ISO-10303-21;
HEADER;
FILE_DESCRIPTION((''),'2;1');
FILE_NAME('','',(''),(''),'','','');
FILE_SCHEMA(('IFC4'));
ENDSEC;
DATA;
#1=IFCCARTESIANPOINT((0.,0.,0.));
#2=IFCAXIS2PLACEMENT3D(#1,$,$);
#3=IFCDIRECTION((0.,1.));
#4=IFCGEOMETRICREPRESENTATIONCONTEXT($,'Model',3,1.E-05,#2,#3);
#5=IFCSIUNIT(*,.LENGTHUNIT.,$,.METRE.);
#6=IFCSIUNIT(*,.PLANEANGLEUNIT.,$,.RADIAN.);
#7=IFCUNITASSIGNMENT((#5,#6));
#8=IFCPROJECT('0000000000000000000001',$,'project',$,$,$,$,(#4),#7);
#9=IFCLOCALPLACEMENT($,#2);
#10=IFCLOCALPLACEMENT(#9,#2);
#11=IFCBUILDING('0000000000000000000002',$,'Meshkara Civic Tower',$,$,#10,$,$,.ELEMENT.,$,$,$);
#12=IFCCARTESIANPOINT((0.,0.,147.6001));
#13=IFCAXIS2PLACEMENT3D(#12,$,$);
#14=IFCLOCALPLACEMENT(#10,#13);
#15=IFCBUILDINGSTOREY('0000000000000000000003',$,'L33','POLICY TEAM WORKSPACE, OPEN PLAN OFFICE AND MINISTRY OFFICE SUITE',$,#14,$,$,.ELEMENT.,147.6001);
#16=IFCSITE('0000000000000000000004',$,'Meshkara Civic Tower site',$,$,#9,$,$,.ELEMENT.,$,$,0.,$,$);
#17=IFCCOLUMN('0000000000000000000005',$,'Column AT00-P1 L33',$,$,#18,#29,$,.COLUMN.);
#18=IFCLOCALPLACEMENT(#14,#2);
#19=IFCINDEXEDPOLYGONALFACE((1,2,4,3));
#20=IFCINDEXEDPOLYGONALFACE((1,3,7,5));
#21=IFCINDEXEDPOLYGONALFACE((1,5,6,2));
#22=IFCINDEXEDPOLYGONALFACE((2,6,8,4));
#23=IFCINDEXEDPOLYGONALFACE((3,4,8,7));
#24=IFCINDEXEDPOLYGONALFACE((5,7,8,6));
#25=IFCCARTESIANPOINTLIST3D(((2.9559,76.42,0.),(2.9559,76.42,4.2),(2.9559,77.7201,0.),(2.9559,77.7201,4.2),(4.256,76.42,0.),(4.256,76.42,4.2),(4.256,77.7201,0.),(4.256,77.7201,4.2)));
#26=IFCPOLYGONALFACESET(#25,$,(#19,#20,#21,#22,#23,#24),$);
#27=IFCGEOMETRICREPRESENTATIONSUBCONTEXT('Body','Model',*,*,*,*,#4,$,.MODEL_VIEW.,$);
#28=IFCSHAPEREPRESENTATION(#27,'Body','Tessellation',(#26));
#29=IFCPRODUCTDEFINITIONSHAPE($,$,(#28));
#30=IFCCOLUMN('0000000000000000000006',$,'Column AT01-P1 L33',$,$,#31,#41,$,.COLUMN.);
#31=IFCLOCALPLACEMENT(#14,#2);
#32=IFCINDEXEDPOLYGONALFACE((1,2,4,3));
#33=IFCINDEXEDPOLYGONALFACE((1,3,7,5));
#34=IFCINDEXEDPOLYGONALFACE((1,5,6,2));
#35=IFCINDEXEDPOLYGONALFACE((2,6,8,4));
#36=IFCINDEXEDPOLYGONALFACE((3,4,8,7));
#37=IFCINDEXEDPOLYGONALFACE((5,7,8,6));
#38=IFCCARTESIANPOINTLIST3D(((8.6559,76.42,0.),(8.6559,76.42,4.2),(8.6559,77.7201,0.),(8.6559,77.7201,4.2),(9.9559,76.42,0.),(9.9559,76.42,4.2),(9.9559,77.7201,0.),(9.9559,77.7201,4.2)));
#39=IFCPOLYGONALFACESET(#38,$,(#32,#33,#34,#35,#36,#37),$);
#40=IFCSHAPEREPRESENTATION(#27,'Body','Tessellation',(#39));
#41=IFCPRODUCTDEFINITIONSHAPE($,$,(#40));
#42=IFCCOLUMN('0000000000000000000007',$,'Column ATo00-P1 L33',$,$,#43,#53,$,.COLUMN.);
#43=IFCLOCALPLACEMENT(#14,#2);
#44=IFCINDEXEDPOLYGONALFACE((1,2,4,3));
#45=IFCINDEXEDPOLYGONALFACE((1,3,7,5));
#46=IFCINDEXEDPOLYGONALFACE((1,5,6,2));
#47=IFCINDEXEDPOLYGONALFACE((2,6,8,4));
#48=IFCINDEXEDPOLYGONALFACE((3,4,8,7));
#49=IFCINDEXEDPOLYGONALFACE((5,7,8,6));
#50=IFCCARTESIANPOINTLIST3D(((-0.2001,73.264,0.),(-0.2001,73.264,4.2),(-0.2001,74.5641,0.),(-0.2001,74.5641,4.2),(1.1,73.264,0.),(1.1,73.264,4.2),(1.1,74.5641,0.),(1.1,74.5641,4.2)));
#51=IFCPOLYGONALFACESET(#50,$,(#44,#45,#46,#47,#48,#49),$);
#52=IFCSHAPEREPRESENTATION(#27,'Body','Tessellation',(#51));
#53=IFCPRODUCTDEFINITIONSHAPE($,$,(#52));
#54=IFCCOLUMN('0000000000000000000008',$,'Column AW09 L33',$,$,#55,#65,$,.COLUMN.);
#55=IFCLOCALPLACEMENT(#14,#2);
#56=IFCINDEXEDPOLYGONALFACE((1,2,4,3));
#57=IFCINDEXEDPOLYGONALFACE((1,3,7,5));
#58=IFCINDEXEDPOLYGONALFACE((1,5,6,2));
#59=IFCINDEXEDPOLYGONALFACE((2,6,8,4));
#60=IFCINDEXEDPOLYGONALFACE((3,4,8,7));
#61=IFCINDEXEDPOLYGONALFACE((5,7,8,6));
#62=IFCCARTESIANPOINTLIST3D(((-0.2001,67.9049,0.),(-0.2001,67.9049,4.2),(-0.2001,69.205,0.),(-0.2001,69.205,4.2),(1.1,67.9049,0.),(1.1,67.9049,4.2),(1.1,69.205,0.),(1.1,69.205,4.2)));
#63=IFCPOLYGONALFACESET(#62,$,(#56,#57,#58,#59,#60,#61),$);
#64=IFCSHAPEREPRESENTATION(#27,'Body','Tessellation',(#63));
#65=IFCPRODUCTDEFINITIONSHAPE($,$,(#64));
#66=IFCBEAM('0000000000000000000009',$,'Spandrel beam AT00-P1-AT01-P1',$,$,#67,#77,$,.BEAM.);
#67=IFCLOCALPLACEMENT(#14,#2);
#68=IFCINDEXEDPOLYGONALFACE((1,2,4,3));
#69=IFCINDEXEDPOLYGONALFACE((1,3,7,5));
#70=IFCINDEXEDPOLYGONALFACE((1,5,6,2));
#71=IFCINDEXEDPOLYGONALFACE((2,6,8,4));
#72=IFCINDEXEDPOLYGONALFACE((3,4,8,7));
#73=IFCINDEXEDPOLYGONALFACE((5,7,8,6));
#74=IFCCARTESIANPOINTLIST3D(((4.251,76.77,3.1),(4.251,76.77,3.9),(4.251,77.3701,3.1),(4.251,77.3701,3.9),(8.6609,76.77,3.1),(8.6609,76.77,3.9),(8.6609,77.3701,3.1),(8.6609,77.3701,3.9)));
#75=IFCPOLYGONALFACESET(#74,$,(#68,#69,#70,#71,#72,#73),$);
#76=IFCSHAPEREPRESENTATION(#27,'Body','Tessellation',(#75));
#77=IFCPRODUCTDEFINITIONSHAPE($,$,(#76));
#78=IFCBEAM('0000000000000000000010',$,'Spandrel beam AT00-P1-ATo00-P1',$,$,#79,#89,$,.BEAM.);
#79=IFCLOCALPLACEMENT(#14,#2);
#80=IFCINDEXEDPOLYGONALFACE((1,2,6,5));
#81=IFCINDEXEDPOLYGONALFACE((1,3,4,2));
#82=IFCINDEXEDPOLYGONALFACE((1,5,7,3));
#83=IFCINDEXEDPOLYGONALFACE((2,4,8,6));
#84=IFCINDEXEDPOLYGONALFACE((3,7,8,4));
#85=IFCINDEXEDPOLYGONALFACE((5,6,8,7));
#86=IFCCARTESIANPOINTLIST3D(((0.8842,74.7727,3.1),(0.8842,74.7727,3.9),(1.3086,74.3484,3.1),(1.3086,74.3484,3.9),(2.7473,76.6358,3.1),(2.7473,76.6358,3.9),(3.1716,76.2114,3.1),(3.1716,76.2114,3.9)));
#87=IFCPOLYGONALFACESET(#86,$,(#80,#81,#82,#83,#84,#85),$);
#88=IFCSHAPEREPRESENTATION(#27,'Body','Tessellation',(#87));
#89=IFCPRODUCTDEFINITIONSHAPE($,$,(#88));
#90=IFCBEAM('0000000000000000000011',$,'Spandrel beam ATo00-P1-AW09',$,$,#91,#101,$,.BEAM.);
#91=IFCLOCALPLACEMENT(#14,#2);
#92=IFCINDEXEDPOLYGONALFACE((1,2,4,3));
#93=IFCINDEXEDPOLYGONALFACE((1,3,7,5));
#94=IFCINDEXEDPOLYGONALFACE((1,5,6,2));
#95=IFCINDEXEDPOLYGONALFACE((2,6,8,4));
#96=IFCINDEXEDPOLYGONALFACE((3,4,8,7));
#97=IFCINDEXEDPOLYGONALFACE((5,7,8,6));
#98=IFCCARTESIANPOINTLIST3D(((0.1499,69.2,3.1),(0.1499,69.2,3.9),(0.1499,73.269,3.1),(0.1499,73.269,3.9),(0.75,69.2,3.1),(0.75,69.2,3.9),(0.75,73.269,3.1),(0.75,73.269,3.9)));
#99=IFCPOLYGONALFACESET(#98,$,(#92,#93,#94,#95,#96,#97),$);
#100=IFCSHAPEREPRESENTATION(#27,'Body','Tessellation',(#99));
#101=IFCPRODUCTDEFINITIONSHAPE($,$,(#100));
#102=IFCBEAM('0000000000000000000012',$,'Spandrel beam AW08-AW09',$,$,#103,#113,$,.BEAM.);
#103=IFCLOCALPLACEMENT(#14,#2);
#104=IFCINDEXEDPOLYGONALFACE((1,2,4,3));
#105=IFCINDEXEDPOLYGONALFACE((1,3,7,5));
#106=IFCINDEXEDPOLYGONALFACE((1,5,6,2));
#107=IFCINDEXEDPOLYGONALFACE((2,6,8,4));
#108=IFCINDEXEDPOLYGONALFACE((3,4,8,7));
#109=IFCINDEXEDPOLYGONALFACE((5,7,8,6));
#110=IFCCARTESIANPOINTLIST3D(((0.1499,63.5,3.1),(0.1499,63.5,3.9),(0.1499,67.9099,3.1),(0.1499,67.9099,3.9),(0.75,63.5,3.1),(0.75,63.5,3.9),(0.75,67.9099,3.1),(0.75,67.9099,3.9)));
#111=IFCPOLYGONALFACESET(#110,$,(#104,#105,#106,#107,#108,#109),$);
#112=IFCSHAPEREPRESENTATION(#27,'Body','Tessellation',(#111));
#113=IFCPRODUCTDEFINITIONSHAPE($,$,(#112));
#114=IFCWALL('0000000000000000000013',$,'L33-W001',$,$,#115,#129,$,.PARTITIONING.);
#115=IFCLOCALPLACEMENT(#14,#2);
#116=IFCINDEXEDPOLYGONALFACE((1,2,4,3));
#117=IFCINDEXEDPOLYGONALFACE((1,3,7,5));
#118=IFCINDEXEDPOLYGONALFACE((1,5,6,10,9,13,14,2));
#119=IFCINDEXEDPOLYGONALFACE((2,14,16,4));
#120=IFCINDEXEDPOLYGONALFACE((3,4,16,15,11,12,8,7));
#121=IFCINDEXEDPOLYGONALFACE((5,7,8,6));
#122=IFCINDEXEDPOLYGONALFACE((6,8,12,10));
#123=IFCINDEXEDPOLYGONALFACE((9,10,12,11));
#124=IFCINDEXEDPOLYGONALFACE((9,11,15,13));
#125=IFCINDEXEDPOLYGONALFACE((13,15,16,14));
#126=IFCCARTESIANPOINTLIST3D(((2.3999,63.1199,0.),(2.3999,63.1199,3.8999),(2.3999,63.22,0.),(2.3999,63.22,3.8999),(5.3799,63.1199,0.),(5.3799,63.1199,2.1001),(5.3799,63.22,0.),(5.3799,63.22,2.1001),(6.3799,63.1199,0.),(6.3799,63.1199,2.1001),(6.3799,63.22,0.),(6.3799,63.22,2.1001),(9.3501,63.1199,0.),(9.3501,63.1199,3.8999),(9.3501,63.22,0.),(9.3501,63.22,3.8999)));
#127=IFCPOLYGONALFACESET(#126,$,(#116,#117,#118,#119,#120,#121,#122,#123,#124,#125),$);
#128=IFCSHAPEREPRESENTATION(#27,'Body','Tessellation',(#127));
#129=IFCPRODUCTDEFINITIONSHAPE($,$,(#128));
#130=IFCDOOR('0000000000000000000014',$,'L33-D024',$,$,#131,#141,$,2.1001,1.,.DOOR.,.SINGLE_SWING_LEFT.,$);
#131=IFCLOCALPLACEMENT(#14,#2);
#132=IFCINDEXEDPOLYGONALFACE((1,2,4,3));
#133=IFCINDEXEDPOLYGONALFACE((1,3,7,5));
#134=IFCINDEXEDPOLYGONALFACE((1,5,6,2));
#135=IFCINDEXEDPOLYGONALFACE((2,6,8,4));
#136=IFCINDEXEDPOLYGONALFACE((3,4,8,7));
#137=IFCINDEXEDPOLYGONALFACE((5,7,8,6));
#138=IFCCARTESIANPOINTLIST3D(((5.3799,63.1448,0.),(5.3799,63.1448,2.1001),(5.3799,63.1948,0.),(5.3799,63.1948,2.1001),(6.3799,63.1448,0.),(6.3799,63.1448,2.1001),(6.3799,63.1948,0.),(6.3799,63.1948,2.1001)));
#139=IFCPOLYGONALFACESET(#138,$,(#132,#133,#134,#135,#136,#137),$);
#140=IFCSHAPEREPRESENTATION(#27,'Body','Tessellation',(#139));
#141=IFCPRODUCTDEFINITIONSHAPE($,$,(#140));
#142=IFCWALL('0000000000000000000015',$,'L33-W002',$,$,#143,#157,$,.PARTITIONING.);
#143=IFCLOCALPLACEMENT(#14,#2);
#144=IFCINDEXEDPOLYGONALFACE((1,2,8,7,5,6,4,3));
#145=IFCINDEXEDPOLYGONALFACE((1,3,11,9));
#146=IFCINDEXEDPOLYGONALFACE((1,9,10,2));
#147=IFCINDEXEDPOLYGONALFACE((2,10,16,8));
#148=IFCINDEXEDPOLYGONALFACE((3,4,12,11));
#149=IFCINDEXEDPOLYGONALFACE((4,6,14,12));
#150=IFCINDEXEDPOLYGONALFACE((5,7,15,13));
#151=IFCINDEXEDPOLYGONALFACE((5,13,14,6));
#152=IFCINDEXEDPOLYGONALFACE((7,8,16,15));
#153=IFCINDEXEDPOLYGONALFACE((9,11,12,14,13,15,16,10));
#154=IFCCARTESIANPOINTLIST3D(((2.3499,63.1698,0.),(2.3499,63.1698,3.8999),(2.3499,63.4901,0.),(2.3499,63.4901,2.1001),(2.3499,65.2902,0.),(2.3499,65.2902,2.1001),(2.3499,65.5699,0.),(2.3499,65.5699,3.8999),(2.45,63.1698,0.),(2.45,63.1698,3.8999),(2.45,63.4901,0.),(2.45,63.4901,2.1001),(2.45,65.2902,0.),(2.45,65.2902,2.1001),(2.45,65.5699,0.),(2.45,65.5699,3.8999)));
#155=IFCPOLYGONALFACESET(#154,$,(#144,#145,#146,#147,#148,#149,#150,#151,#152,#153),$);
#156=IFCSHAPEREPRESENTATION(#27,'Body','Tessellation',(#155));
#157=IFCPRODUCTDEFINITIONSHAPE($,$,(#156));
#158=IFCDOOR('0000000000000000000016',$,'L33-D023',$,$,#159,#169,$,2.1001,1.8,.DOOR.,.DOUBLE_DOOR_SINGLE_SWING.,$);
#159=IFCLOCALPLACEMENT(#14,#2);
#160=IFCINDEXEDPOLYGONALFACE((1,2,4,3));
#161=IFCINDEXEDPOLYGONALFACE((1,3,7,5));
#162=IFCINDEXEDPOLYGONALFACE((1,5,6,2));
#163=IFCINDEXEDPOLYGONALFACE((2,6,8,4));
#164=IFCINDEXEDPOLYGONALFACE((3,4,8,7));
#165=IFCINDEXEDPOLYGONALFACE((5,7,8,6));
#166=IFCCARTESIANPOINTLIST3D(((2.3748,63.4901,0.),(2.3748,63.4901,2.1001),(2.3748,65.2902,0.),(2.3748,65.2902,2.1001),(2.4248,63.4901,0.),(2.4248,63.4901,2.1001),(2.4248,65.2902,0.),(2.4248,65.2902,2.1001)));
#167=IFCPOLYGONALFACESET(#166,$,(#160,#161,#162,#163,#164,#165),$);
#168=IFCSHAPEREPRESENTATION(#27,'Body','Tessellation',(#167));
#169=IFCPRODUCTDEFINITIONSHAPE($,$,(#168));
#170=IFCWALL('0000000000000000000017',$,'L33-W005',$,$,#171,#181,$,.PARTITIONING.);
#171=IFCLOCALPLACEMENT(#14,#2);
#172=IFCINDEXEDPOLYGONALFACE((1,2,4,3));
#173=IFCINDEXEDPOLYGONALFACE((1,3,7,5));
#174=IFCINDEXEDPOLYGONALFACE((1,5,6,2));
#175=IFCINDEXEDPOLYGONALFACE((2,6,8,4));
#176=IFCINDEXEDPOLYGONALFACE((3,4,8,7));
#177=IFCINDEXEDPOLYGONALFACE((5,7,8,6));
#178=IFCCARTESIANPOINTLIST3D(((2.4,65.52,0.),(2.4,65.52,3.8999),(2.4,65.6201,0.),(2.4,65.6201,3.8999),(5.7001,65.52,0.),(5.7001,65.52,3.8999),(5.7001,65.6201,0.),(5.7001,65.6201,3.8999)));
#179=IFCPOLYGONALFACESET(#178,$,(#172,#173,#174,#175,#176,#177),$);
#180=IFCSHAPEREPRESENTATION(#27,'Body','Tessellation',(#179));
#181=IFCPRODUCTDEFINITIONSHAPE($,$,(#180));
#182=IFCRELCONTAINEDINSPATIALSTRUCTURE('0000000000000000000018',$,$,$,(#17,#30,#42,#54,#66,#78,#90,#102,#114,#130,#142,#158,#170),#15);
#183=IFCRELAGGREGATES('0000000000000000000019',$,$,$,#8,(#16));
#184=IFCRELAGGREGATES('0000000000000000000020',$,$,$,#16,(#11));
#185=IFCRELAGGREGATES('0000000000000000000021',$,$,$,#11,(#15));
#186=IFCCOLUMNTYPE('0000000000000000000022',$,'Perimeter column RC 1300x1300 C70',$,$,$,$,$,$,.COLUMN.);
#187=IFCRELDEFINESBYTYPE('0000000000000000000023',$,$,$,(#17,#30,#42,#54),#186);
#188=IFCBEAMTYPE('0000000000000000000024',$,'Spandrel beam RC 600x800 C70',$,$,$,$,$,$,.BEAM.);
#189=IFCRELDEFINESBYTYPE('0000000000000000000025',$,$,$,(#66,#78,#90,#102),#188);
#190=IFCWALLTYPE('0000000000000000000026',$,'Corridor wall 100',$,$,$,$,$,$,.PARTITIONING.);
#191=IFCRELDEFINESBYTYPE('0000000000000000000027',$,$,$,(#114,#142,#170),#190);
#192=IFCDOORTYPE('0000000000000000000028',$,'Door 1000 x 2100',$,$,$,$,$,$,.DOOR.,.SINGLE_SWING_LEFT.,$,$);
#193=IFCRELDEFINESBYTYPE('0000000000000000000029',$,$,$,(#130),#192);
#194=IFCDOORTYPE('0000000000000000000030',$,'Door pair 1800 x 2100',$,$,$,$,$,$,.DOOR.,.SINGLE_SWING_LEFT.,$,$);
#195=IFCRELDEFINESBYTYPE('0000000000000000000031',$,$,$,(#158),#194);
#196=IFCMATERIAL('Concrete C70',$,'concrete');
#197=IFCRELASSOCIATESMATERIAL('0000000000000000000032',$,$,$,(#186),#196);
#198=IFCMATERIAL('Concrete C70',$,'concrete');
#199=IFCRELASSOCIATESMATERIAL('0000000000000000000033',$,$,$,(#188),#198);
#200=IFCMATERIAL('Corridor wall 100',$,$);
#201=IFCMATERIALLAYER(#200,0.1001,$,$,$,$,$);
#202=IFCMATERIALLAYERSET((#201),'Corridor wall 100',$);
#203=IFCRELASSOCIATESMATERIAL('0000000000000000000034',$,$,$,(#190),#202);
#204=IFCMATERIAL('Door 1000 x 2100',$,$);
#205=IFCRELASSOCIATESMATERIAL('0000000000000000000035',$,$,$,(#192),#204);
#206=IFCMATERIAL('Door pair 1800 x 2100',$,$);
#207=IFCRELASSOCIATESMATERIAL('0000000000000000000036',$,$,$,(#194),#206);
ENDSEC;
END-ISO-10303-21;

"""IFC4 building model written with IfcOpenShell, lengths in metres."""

from ifc_helpers import new_model, si_unit, direction, frame, frame_2d, origin, origin_2d, place, context, subcontext, project, spatial, rectangle, extrude, material, layer, layer_set, material_profile, profile_set, type_object, element, fill, save


model = new_model("IFC4")

# Units and contexts
model_context = context("Model", 3, precision=1e-05, world=origin(), true_north=direction((0.0, 1.0)))
body_context = subcontext(model_context, "Body", "Model", "MODEL_VIEW")
ifc_project = project(units=[si_unit("LENGTHUNIT", "METRE"), si_unit("PLANEANGLEUNIT", "RADIAN")], contexts=[model_context])

# Site, building, storey
site_placement = place(None, origin())
site = spatial("IfcSite", under=ifc_project, at=site_placement, Name="Meshkara Civic Tower site", CompositionType="ELEMENT", RefElevation=0.0)
building_placement = place(site_placement, origin())
building = spatial("IfcBuilding", under=site, at=building_placement, Name="Meshkara Civic Tower", CompositionType="ELEMENT")
storey_placement = place(building_placement, frame((0.0, 0.0, 147.6001)))
storey = spatial("IfcBuildingStorey", under=building, at=storey_placement, Name="L33", Description="POLICY TEAM WORKSPACE, OPEN PLAN OFFICE AND MINISTRY OFFICE SUITE", CompositionType="ELEMENT", Elevation=147.6001)

# Columns
ifc_material_1 = material(Name="Concrete C70", Category="concrete")
ifc_material_profile_1 = material_profile(ifc_material_1, rectangle(XDim=1.3, YDim=1.3, at=origin_2d()))
ifc_profile_set_1 = profile_set([ifc_material_profile_1], Name="Concrete C70")
column_type = type_object("IfcColumnType", Name="Perimeter column RC 1300x1300 C70", PredefinedType="COLUMN", material=ifc_profile_set_1)
for number, where, z_axis, x_axis, name in (
    (1, (3.606, 77.0701, 0.0), (0.0, 0.0, 1.0), (1.0, 0.0, 0.0), "Column AT00-P1 L33"),
    (2, (9.3059, 77.0701, 0.0), (0.0, 0.0, 1.0), (1.0, 0.0, 0.0), "Column AT01-P1 L33"),
    (3, (0.45, 73.9141, 0.0), (0.0, 0.0, 1.0), (1.0, 0.0, 0.0), "Column ATo00-P1 L33"),
    (4, (0.45, 68.5549, 0.0), (0.0, 0.0, 1.0), (1.0, 0.0, 0.0), "Column AW09 L33"),
):
    element("IfcColumn", number, at=place(storey_placement, frame(where, z_axis=z_axis, x_axis=x_axis)), inside=storey, type_object=column_type, Name=name, PredefinedType="COLUMN", context=body_context, shape_type="SweptSolid", body=[
        extrude(rectangle(XDim=1.3, YDim=1.3, at=origin_2d()), origin(), (0.0, 0.0, 1.0), 4.2),
    ])

# Beams
ifc_material_2 = material(Name="Concrete C70", Category="concrete")
ifc_material_profile_2 = material_profile(ifc_material_2, rectangle(XDim=0.6001, YDim=0.8, at=origin_2d()))
ifc_profile_set_2 = profile_set([ifc_material_profile_2], Name="Concrete C70")
beam_type = type_object("IfcBeamType", Name="Spandrel beam RC 600x800 C70", PredefinedType="BEAM", material=ifc_profile_set_2)
beam_1_placement = place(storey_placement, frame((8.6609, 77.0701, 3.5), z_axis=(-1.0, 0.0, 0.0), x_axis=(0.0, -1.0, 0.0)))
element("IfcBeam", 5, at=beam_1_placement, inside=storey, type_object=beam_type, Name="Spandrel beam AT00-P1-AT01-P1", PredefinedType="BEAM", context=body_context, shape_type="SweptSolid", body=[
    extrude(rectangle(XDim=0.6001, YDim=0.8, at=origin_2d()), origin(), (0.0, 0.0, 1.0), 4.4099),
])
beam_2_placement = place(storey_placement, frame((2.9595, 76.4236, 3.5), z_axis=(-0.707107, -0.707107, 0.0), x_axis=(0.707107, -0.707107, 0.0)))
element("IfcBeam", 6, at=beam_2_placement, inside=storey, type_object=beam_type, Name="Spandrel beam AT00-P1-ATo00-P1", PredefinedType="BEAM", context=body_context, shape_type="SweptSolid", body=[
    extrude(rectangle(XDim=0.6001, YDim=0.8, at=origin_2d()), origin(), (0.0, 0.0, 1.0), 2.6348),
])
beam_3_placement = place(storey_placement, frame((0.45, 73.269, 3.5), z_axis=(0.0, -1.0, 0.0), x_axis=(1.0, 0.0, 0.0)))
element("IfcBeam", 7, at=beam_3_placement, inside=storey, type_object=beam_type, Name="Spandrel beam ATo00-P1-AW09", PredefinedType="BEAM", context=body_context, shape_type="SweptSolid", body=[
    extrude(rectangle(XDim=0.6001, YDim=0.8, at=origin_2d()), origin(), (0.0, 0.0, 1.0), 4.0691),
])
beam_4_placement = place(storey_placement, frame((0.45, 67.9099, 3.5), z_axis=(0.0, -1.0, 0.0), x_axis=(1.0, 0.0, 0.0)))
element("IfcBeam", 8, at=beam_4_placement, inside=storey, type_object=beam_type, Name="Spandrel beam AW08-AW09", PredefinedType="BEAM", context=body_context, shape_type="SweptSolid", body=[
    extrude(rectangle(XDim=0.6001, YDim=0.8, at=origin_2d()), origin(), (0.0, 0.0, 1.0), 4.4099),
])

# Walls, openings, doors
ifc_material_3 = material(Name="Corridor wall 100")
ifc_layer_1 = layer(ifc_material_3, 0.1001)
ifc_layer_set_1 = layer_set([ifc_layer_1], Name="Corridor wall 100")
wall_type_1 = type_object("IfcWallType", Name="Corridor wall 100", PredefinedType="PARTITIONING", material=ifc_layer_set_1)
wall_1_placement = place(storey_placement, frame((2.3999, 63.1699, 0.0), z_axis=(0.0, 0.0, 1.0), x_axis=(1.0, 0.0, 0.0)))
wall_1 = element("IfcWall", 9, at=wall_1_placement, inside=storey, type_object=wall_type_1, Name="L33-W001", PredefinedType="PARTITIONING", context=body_context, shape_type="SweptSolid", body=[
    extrude(rectangle(XDim=6.9502, YDim=0.1001, at=frame_2d((3.4751, 0.0))), origin(), (0.0, 0.0, 1.0), 3.8999),
])
opening_1_placement = place(wall_1_placement, frame((2.98, 0.0, 0.0)))
opening_1 = element("IfcOpeningElement", 10, at=opening_1_placement, cuts=wall_1, PredefinedType="OPENING", context=body_context, shape_type="SweptSolid", body=[
    extrude(rectangle(XDim=1.0, YDim=2.1001, at=frame_2d((0.5, 1.05))), frame((0.0, 0.0601, 0.0), z_axis=(0.0, -1.0, 0.0), x_axis=(1.0, 0.0, 0.0)), (0.0, 0.0, 1.0), 0.1201),
])
ifc_material_4 = material(Name="Door 1000 x 2100")
door_type_1 = type_object("IfcDoorType", Name="Door 1000 x 2100", OperationType="SINGLE_SWING_LEFT", PredefinedType="DOOR", material=ifc_material_4)
door_1_placement = place(opening_1_placement, origin())
door_1 = element("IfcDoor", 11, at=door_1_placement, inside=storey, type_object=door_type_1, Name="L33-D024", OperationType="SINGLE_SWING_LEFT", OverallHeight=2.1001, OverallWidth=1.0, PredefinedType="DOOR", context=body_context, shape_type="SweptSolid", body=[
    extrude(rectangle(XDim=1.0, YDim=2.1001, at=frame_2d((0.5, 1.05))), frame((0.0, 0.0249, 0.0), z_axis=(0.0, -1.0, 0.0), x_axis=(1.0, 0.0, 0.0)), (0.0, 0.0, 1.0), 0.05),
])
fill(opening_1, door_1)
wall_2_placement = place(storey_placement, frame((2.3999, 65.5701, 0.0), z_axis=(0.0, 0.0, 1.0), x_axis=(0.0, -1.0, 0.0)))
wall_2 = element("IfcWall", 12, at=wall_2_placement, inside=storey, type_object=wall_type_1, Name="L33-W002", PredefinedType="PARTITIONING", context=body_context, shape_type="SweptSolid", body=[
    extrude(rectangle(XDim=2.4001, YDim=0.1001, at=frame_2d((1.2002, 0.0))), origin(), (0.0, 0.0, 1.0), 3.8999),
])
opening_2_placement = place(wall_2_placement, frame((0.28, 0.0, 0.0)))
opening_2 = element("IfcOpeningElement", 13, at=opening_2_placement, cuts=wall_2, PredefinedType="OPENING", context=body_context, shape_type="SweptSolid", body=[
    extrude(rectangle(XDim=1.8, YDim=2.1001, at=frame_2d((0.8999, 1.05))), frame((0.0, 0.0601, 0.0), z_axis=(0.0, -1.0, 0.0), x_axis=(1.0, 0.0, 0.0)), (0.0, 0.0, 1.0), 0.1201),
])
ifc_material_5 = material(Name="Door pair 1800 x 2100")
door_type_2 = type_object("IfcDoorType", Name="Door pair 1800 x 2100", OperationType="SINGLE_SWING_LEFT", PredefinedType="DOOR", material=ifc_material_5)
door_2_placement = place(opening_2_placement, origin())
door_2 = element("IfcDoor", 14, at=door_2_placement, inside=storey, type_object=door_type_2, Name="L33-D023", OperationType="DOUBLE_DOOR_SINGLE_SWING", OverallHeight=2.1001, OverallWidth=1.8, PredefinedType="DOOR", context=body_context, shape_type="SweptSolid", body=[
    extrude(rectangle(XDim=1.8, YDim=2.1001, at=frame_2d((0.8999, 1.05))), frame((0.0, 0.0249, 0.0), z_axis=(0.0, -1.0, 0.0), x_axis=(1.0, 0.0, 0.0)), (0.0, 0.0, 1.0), 0.05),
])
fill(opening_2, door_2)

# Wall
wall_3_placement = place(storey_placement, frame((5.7, 65.5701, 0.0), z_axis=(0.0, 0.0, 1.0), x_axis=(-1.0, 0.0, 0.0)))
element("IfcWall", 15, at=wall_3_placement, inside=storey, type_object=wall_type_1, Name="L33-W005", PredefinedType="PARTITIONING", context=body_context, shape_type="SweptSolid", body=[
    extrude(rectangle(XDim=3.3, YDim=0.1001, at=frame_2d((1.6499, 0.0))), origin(), (0.0, 0.0, 1.0), 3.8999),
])

save(model, "model.ifc")
